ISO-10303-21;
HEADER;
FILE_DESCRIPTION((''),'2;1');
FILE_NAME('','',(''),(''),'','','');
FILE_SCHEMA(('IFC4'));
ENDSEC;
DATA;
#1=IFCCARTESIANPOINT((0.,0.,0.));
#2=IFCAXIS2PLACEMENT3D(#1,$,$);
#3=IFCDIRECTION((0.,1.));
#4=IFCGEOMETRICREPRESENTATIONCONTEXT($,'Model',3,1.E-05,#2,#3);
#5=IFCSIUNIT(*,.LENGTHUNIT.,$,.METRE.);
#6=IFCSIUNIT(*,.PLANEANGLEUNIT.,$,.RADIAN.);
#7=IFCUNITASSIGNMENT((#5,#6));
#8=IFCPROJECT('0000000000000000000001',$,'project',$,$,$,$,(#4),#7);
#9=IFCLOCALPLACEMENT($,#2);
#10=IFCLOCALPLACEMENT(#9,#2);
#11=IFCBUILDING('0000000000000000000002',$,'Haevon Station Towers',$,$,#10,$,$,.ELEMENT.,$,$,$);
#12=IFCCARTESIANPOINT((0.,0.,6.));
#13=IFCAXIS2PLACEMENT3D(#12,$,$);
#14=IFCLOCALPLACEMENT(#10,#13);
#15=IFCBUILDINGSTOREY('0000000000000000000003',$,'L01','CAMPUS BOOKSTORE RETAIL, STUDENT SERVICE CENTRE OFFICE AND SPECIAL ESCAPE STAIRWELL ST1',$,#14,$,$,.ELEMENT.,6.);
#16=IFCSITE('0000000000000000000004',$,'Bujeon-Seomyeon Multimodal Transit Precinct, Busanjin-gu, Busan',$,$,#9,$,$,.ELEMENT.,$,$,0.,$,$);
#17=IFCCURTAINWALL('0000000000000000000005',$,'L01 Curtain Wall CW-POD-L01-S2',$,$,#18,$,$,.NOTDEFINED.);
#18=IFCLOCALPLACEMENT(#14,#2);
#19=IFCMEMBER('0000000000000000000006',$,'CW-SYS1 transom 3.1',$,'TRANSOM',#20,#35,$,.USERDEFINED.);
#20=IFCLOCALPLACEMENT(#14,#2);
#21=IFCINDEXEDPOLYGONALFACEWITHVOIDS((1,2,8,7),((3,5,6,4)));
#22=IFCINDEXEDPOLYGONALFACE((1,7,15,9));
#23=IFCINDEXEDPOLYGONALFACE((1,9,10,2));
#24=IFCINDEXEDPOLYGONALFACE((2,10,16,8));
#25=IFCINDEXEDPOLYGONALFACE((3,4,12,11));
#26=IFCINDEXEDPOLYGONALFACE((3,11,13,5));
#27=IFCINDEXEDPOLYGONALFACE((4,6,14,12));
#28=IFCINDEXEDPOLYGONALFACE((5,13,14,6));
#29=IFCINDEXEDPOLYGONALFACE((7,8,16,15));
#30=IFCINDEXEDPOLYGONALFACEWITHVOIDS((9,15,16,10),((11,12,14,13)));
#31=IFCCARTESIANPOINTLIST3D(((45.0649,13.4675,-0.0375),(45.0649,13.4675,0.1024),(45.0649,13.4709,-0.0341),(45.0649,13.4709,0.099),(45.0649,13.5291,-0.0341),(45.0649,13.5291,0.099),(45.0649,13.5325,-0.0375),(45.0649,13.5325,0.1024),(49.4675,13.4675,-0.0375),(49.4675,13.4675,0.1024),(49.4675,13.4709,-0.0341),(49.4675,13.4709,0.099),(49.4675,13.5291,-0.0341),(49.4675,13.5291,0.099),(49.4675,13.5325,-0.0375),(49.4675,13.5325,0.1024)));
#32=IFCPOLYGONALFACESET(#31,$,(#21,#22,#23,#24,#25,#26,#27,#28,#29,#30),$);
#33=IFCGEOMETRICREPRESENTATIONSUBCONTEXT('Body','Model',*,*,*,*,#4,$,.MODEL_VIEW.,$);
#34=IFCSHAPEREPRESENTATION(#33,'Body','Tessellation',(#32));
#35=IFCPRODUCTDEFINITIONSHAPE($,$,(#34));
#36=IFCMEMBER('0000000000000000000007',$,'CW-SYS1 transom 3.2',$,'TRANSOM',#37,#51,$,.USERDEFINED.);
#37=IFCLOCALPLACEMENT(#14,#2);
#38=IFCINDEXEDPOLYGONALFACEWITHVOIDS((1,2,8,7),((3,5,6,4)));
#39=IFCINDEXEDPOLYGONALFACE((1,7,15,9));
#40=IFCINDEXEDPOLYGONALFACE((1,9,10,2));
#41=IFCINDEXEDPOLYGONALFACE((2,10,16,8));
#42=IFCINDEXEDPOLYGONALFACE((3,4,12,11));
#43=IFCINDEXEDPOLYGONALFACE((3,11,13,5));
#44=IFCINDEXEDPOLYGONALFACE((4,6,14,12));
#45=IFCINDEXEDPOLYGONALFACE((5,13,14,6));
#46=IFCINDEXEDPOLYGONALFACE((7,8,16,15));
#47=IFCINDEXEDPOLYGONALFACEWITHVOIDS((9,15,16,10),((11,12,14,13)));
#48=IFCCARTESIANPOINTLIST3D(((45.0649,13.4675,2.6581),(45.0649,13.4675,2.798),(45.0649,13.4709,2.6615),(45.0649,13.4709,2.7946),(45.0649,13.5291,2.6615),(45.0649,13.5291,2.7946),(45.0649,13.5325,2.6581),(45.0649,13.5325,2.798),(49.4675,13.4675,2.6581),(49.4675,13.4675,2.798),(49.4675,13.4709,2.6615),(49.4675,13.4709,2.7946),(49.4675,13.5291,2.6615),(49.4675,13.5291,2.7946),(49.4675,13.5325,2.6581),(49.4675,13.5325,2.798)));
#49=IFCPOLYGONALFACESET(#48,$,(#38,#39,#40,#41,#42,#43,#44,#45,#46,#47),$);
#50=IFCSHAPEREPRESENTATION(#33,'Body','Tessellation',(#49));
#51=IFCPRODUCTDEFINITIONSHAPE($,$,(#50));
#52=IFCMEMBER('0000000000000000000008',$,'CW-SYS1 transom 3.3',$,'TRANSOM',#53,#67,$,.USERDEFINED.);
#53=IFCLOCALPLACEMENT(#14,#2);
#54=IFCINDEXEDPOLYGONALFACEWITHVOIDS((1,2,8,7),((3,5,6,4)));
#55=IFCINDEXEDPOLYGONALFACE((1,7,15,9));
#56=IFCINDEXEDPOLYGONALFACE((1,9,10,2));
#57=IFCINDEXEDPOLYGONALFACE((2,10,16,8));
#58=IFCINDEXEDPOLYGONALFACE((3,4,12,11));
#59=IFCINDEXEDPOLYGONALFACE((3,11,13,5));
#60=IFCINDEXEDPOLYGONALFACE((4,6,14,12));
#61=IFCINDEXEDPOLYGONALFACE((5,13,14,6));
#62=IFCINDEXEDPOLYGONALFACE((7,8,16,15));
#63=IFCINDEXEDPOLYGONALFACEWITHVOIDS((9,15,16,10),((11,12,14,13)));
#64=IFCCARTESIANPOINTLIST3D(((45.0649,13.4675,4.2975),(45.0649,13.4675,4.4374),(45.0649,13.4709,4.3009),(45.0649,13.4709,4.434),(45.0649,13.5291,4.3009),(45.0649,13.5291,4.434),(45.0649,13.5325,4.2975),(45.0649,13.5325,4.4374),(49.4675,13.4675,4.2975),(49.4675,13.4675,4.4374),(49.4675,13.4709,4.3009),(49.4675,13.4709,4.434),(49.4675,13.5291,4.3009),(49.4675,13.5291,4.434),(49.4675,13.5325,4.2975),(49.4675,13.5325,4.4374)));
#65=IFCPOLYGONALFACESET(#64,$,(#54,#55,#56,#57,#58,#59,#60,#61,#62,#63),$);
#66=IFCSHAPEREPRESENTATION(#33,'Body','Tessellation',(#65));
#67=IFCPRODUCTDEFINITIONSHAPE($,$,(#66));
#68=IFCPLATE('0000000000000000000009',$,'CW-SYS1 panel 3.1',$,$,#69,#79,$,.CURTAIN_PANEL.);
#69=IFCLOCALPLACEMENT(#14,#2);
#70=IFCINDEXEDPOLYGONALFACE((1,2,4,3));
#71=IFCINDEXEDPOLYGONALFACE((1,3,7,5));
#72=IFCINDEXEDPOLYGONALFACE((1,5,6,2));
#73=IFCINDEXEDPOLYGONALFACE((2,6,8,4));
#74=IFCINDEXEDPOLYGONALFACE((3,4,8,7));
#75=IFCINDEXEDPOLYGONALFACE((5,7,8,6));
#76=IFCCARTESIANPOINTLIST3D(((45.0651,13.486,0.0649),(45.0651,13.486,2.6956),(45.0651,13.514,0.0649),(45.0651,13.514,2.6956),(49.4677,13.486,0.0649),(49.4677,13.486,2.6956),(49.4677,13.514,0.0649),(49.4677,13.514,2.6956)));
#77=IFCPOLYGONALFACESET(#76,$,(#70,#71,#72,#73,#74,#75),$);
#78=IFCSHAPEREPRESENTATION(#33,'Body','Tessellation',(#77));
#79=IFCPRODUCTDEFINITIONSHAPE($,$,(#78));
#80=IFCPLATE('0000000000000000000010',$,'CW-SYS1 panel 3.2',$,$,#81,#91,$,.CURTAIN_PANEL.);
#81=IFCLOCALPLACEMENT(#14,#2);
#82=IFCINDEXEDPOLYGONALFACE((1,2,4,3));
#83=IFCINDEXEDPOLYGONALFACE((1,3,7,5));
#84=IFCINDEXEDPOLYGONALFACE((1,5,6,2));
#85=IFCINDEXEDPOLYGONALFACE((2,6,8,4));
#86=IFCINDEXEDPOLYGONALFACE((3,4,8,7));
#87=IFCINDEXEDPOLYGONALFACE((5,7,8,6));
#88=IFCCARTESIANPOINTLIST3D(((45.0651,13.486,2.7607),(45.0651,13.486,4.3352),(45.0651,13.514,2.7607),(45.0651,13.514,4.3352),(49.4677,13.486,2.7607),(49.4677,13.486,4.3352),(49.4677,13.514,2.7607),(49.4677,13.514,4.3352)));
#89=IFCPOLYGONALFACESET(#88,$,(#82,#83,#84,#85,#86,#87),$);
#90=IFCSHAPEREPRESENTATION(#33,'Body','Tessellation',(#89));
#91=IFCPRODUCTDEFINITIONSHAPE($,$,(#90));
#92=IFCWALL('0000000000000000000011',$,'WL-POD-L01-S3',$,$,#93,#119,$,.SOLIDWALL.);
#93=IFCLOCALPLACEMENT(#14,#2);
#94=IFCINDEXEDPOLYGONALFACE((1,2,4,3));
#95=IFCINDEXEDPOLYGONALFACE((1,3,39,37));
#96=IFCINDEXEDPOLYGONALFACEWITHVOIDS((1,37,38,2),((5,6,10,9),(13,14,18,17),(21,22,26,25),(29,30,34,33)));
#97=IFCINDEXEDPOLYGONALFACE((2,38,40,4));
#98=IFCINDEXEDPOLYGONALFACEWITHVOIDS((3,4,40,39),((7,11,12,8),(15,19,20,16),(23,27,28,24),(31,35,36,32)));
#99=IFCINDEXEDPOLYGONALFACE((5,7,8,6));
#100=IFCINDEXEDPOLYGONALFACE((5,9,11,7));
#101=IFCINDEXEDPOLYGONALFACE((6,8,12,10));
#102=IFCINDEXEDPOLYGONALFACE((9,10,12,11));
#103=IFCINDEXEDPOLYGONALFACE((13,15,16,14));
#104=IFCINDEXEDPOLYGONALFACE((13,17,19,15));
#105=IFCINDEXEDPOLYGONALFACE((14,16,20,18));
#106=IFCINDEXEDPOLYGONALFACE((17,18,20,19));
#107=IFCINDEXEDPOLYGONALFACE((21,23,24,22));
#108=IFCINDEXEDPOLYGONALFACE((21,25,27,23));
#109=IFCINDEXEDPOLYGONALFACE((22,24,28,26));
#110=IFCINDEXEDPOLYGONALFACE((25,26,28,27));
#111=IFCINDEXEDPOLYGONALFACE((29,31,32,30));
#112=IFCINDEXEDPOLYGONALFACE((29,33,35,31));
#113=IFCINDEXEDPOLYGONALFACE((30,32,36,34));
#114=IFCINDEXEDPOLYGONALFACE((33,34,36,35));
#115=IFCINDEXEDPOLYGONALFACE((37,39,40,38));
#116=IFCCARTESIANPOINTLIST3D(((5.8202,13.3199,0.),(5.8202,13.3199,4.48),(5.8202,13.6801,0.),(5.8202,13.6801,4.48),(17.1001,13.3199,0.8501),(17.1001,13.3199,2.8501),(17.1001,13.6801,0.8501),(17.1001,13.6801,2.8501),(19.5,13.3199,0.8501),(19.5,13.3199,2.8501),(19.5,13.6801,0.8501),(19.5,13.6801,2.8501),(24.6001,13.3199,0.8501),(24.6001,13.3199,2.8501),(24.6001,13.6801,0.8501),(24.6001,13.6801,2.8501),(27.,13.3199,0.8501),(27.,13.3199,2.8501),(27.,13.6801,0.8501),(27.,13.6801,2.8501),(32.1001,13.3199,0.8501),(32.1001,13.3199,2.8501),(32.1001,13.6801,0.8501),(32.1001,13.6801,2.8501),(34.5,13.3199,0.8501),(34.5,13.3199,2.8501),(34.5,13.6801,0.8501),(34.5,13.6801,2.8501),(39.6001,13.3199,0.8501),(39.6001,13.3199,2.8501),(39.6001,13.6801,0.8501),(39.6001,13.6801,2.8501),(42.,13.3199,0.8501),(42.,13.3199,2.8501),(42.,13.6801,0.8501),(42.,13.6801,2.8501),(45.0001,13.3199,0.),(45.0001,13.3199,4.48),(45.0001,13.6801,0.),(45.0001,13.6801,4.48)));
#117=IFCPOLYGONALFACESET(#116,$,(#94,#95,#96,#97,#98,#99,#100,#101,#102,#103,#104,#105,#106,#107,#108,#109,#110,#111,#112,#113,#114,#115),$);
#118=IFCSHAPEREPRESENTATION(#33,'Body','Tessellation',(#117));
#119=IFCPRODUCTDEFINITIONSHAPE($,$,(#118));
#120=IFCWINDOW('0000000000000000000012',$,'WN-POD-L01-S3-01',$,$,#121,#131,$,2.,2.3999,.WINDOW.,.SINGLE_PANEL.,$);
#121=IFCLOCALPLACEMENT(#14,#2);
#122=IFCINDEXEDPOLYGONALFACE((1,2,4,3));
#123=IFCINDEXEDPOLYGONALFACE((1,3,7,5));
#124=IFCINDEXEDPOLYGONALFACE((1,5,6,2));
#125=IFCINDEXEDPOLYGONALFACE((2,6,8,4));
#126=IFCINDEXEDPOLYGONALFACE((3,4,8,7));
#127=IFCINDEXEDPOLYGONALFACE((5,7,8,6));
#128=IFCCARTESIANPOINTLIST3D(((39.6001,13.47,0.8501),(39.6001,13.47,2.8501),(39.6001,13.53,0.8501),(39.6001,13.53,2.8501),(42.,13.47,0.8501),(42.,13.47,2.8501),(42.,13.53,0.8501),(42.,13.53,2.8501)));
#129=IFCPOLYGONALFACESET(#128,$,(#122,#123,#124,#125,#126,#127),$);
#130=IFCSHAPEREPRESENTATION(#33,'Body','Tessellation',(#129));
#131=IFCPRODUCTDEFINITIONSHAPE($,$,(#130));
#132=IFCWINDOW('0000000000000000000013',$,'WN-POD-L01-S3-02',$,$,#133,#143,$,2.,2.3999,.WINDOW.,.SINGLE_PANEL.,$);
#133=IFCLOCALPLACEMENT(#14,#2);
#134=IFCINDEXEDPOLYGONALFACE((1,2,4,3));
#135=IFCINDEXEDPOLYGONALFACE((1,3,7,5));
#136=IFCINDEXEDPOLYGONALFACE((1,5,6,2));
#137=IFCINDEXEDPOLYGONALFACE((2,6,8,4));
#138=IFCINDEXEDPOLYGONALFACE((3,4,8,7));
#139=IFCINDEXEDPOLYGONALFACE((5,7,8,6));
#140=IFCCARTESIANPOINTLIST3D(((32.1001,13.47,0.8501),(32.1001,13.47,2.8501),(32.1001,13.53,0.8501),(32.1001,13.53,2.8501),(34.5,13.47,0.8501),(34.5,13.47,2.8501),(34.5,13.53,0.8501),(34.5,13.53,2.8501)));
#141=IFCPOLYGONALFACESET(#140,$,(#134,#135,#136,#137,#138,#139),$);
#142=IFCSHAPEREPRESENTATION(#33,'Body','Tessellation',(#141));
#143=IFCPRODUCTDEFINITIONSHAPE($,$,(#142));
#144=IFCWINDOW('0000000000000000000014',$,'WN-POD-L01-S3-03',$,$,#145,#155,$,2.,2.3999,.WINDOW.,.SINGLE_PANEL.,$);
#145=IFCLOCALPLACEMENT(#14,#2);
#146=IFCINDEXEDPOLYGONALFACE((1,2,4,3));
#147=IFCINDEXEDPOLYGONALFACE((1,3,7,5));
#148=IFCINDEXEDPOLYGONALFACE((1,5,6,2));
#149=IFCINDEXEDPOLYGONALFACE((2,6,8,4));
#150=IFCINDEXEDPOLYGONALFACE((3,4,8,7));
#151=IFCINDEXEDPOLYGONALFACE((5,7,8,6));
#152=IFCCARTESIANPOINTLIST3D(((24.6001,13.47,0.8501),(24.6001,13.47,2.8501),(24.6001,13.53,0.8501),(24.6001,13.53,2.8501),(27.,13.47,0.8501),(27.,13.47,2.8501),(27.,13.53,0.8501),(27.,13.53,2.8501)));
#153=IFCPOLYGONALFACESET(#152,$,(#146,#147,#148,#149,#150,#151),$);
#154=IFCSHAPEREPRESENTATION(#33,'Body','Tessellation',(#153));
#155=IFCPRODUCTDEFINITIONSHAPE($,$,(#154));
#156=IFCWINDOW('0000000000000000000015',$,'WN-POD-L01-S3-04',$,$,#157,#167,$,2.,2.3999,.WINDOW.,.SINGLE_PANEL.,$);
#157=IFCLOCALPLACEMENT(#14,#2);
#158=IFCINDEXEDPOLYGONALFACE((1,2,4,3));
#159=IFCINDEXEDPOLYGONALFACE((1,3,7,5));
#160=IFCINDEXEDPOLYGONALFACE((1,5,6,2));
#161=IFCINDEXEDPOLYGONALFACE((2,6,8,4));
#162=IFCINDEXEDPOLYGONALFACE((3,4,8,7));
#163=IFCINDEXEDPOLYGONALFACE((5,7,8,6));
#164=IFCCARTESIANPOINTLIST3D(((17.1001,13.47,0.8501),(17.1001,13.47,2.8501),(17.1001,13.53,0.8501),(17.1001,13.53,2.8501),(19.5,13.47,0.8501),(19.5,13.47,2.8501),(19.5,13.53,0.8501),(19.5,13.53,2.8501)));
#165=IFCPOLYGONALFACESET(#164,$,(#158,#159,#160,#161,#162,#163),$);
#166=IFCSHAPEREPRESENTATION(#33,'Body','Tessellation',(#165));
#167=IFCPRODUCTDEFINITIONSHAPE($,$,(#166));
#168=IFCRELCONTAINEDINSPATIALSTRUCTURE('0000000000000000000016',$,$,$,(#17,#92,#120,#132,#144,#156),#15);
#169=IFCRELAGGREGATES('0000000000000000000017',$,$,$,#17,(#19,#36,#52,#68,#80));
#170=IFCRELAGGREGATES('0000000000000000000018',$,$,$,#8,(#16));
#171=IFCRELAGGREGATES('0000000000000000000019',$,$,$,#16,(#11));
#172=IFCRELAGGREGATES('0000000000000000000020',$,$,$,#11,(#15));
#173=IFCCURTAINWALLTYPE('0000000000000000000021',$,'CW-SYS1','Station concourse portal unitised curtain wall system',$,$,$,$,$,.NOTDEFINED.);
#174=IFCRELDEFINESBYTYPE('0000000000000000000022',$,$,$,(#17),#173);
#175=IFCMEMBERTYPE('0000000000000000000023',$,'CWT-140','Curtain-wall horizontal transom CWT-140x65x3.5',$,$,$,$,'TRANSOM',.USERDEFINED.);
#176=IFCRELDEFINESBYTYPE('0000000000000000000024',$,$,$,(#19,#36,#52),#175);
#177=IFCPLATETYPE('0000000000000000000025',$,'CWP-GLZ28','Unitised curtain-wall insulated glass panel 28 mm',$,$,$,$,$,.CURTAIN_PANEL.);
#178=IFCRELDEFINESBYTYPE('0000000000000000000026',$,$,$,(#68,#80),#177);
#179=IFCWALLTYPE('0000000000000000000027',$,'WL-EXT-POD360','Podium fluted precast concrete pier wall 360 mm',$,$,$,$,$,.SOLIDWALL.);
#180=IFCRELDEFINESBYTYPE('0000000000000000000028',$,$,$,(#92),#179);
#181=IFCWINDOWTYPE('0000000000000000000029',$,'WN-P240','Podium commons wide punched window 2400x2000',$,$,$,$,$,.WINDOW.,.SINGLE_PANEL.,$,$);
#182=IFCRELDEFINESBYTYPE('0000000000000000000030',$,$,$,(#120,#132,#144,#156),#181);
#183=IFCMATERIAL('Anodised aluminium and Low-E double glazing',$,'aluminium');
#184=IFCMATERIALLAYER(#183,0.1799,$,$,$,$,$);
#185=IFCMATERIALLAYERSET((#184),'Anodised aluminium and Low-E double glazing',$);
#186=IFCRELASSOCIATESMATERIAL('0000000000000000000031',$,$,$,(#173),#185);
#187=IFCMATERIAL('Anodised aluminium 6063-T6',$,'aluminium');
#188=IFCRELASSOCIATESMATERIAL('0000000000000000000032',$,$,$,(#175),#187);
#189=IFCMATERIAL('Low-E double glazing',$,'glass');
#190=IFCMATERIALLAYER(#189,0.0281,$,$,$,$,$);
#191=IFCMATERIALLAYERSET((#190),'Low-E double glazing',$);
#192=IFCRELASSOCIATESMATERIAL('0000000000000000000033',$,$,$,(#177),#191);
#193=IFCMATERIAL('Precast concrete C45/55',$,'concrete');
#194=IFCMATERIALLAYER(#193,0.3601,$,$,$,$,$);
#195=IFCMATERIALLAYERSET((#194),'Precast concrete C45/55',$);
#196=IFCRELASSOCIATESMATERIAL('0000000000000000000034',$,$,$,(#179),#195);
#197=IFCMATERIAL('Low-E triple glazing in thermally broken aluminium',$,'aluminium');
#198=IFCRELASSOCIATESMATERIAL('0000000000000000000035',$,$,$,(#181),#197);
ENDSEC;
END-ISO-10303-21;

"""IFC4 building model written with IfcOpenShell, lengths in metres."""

from ifc_helpers import new_model, si_unit, direction, frame, frame_2d, origin, origin_2d, place, context, subcontext, project, spatial, rectangle, hollow_rectangle, extrude, material, layer, layer_set, material_profile, profile_set, type_object, element, fill, aggregate, save


model = new_model("IFC4")

# Units and contexts
model_context = context("Model", 3, precision=1e-05, world=origin(), true_north=direction((0.0, 1.0)))
body_context = subcontext(model_context, "Body", "Model", "MODEL_VIEW")
ifc_project = project(units=[si_unit("LENGTHUNIT", "METRE"), si_unit("PLANEANGLEUNIT", "RADIAN")], contexts=[model_context])

# Site, building, storey
site_placement = place(None, origin())
site = spatial("IfcSite", under=ifc_project, at=site_placement, Name="Bujeon-Seomyeon Multimodal Transit Precinct, Busanjin-gu, Busan", CompositionType="ELEMENT", RefElevation=0.0)
building_placement = place(site_placement, origin())
building = spatial("IfcBuilding", under=site, at=building_placement, Name="Haevon Station Towers", CompositionType="ELEMENT")
storey_placement = place(building_placement, frame((0.0, 0.0, 6.0)))
storey = spatial("IfcBuildingStorey", under=building, at=storey_placement, Name="L01", Description="CAMPUS BOOKSTORE RETAIL, STUDENT SERVICE CENTRE OFFICE AND SPECIAL ESCAPE STAIRWELL ST1", CompositionType="ELEMENT", Elevation=6.0)

# Curtain wall, members, plates
ifc_material_1 = material(Name="Anodised aluminium and Low-E double glazing", Category="aluminium")
ifc_layer_1 = layer(ifc_material_1, 0.1799)
ifc_layer_set_1 = layer_set([ifc_layer_1], Name="Anodised aluminium and Low-E double glazing")
curtain_wall_type = type_object("IfcCurtainWallType", Name="CW-SYS1", Description="Station concourse portal unitised curtain wall system", PredefinedType="NOTDEFINED", material=ifc_layer_set_1)
curtain_wall_placement = place(storey_placement, origin())
curtain_wall = element("IfcCurtainWall", 1, at=curtain_wall_placement, inside=storey, type_object=curtain_wall_type, Name="L01 Curtain Wall CW-POD-L01-S2", PredefinedType="NOTDEFINED")
ifc_material_2 = material(Name="Anodised aluminium 6063-T6", Category="aluminium")
ifc_material_profile_1 = material_profile(ifc_material_2, hollow_rectangle(XDim=0.0649, YDim=0.1399, WallThickness=0.0034, at=origin_2d()), Name="CWT-140x65x3.5")
ifc_profile_set_1 = profile_set([ifc_material_profile_1], Name="Anodised aluminium 6063-T6")
member_type_1 = type_object("IfcMemberType", Name="CWT-140", Description="Curtain-wall horizontal transom CWT-140x65x3.5", ElementType="TRANSOM", PredefinedType="USERDEFINED", material=ifc_profile_set_1)
member_1_placement = place(storey_placement, frame((49.4675, 13.5, 0.0325), z_axis=(-1.0, 0.0, 0.0), x_axis=(0.0, -1.0, 0.0)))
member_1 = element("IfcMember", 2, at=member_1_placement, type_object=member_type_1, Name="CW-SYS1 transom 3.1", ObjectType="TRANSOM", PredefinedType="USERDEFINED", context=body_context, shape_type="SweptSolid", body=[
    extrude(hollow_rectangle(XDim=0.0649, YDim=0.1399, WallThickness=0.0034, at=origin_2d()), origin(), (0.0, 0.0, 1.0), 4.4026),
])
member_2_placement = place(storey_placement, frame((49.4675, 13.5, 2.728), z_axis=(-1.0, 0.0, 0.0), x_axis=(0.0, -1.0, 0.0)))
member_2 = element("IfcMember", 3, at=member_2_placement, type_object=member_type_1, Name="CW-SYS1 transom 3.2", ObjectType="TRANSOM", PredefinedType="USERDEFINED", context=body_context, shape_type="SweptSolid", body=[
    extrude(hollow_rectangle(XDim=0.0649, YDim=0.1399, WallThickness=0.0034, at=origin_2d()), origin(), (0.0, 0.0, 1.0), 4.4026),
])
member_3_placement = place(storey_placement, frame((49.4675, 13.5, 4.3674), z_axis=(-1.0, 0.0, 0.0), x_axis=(0.0, -1.0, 0.0)))
member_3 = element("IfcMember", 4, at=member_3_placement, type_object=member_type_1, Name="CW-SYS1 transom 3.3", ObjectType="TRANSOM", PredefinedType="USERDEFINED", context=body_context, shape_type="SweptSolid", body=[
    extrude(hollow_rectangle(XDim=0.0649, YDim=0.1399, WallThickness=0.0034, at=origin_2d()), origin(), (0.0, 0.0, 1.0), 4.4026),
])
ifc_material_3 = material(Name="Low-E double glazing", Category="glass")
ifc_layer_2 = layer(ifc_material_3, 0.0281)
ifc_layer_set_2 = layer_set([ifc_layer_2], Name="Low-E double glazing")
plate_type = type_object("IfcPlateType", Name="CWP-GLZ28", Description="Unitised curtain-wall insulated glass panel 28 mm", PredefinedType="CURTAIN_PANEL", material=ifc_layer_set_2)
plate_1_placement = place(storey_placement, frame((47.2664, 13.5, 0.0649), z_axis=(0.0, 0.0, 1.0), x_axis=(-1.0, 0.0, 0.0)))
plate_1 = element("IfcPlate", 5, at=plate_1_placement, type_object=plate_type, Name="CW-SYS1 panel 3.1", PredefinedType="CURTAIN_PANEL", context=body_context, shape_type="SweptSolid", body=[
    extrude(rectangle(XDim=4.4026, YDim=0.0281, at=origin_2d()), origin(), (0.0, 0.0, 1.0), 2.6306),
])
plate_2_placement = place(storey_placement, frame((47.2664, 13.5, 2.7607), z_axis=(0.0, 0.0, 1.0), x_axis=(-1.0, 0.0, 0.0)))
plate_2 = element("IfcPlate", 6, at=plate_2_placement, type_object=plate_type, Name="CW-SYS1 panel 3.2", PredefinedType="CURTAIN_PANEL", context=body_context, shape_type="SweptSolid", body=[
    extrude(rectangle(XDim=4.4026, YDim=0.0281, at=origin_2d()), origin(), (0.0, 0.0, 1.0), 1.5745),
])
aggregate(curtain_wall, [member_1, member_2, member_3, plate_1, plate_2])

# Wall, openings, windows
ifc_material_4 = material(Name="Precast concrete C45/55", Category="concrete")
ifc_layer_3 = layer(ifc_material_4, 0.3601)
ifc_layer_set_3 = layer_set([ifc_layer_3], Name="Precast concrete C45/55")
wall_type = type_object("IfcWallType", Name="WL-EXT-POD360", Description="Podium fluted precast concrete pier wall 360 mm", PredefinedType="SOLIDWALL", material=ifc_layer_set_3)
wall_placement = place(storey_placement, frame((45.0, 13.5, 0.0), z_axis=(0.0, 0.0, 1.0), x_axis=(-1.0, 0.0, 0.0)))
wall = element("IfcWall", 7, at=wall_placement, inside=storey, type_object=wall_type, Name="WL-POD-L01-S3", PredefinedType="SOLIDWALL", context=body_context, shape_type="SweptSolid", body=[
    extrude(rectangle(XDim=39.1799, YDim=0.3601, at=frame_2d((19.5898, 0.0))), origin(), (0.0, 0.0, 1.0), 4.48),
])
opening_1_placement = place(wall_placement, frame((3.0, 0.0, 0.8501)))
opening_1 = element("IfcOpeningElement", 8, at=opening_1_placement, cuts=wall, PredefinedType="OPENING", context=body_context, shape_type="SweptSolid", body=[
    extrude(rectangle(XDim=2.3999, YDim=2.0, at=frame_2d((1.2, 1.0))), frame((0.0, 0.1899, 0.0), z_axis=(0.0, -1.0, 0.0), x_axis=(1.0, 0.0, 0.0)), (0.0, 0.0, 1.0), 0.3801),
])
opening_2_placement = place(wall_placement, frame((10.5, 0.0, 0.8501)))
opening_2 = element("IfcOpeningElement", 9, at=opening_2_placement, cuts=wall, PredefinedType="OPENING", context=body_context, shape_type="SweptSolid", body=[
    extrude(rectangle(XDim=2.3999, YDim=2.0, at=frame_2d((1.2, 1.0))), frame((0.0, 0.1899, 0.0), z_axis=(0.0, -1.0, 0.0), x_axis=(1.0, 0.0, 0.0)), (0.0, 0.0, 1.0), 0.3801),
])
opening_3_placement = place(wall_placement, frame((18.0, 0.0, 0.8501)))
opening_3 = element("IfcOpeningElement", 10, at=opening_3_placement, cuts=wall, PredefinedType="OPENING", context=body_context, shape_type="SweptSolid", body=[
    extrude(rectangle(XDim=2.3999, YDim=2.0, at=frame_2d((1.2, 1.0))), frame((0.0, 0.1899, 0.0), z_axis=(0.0, -1.0, 0.0), x_axis=(1.0, 0.0, 0.0)), (0.0, 0.0, 1.0), 0.3801),
])
opening_4_placement = place(wall_placement, frame((25.5, 0.0, 0.8501)))
opening_4 = element("IfcOpeningElement", 11, at=opening_4_placement, cuts=wall, PredefinedType="OPENING", context=body_context, shape_type="SweptSolid", body=[
    extrude(rectangle(XDim=2.3999, YDim=2.0, at=frame_2d((1.2, 1.0))), frame((0.0, 0.1899, 0.0), z_axis=(0.0, -1.0, 0.0), x_axis=(1.0, 0.0, 0.0)), (0.0, 0.0, 1.0), 0.3801),
])
ifc_material_5 = material(Name="Low-E triple glazing in thermally broken aluminium", Category="aluminium")
window_type = type_object("IfcWindowType", Name="WN-P240", Description="Podium commons wide punched window 2400x2000", PartitioningType="SINGLE_PANEL", PredefinedType="WINDOW", material=ifc_material_5)
window_1_placement = place(opening_1_placement, origin())
window_1 = element("IfcWindow", 12, at=window_1_placement, inside=storey, type_object=window_type, Name="WN-POD-L01-S3-01", OverallHeight=2.0, OverallWidth=2.3999, PartitioningType="SINGLE_PANEL", PredefinedType="WINDOW", context=body_context, shape_type="SweptSolid", body=[
    extrude(rectangle(XDim=2.3999, YDim=2.0, at=frame_2d((1.2, 1.0))), frame((0.0, 0.03, 0.0), z_axis=(0.0, -1.0, 0.0), x_axis=(1.0, 0.0, 0.0)), (0.0, 0.0, 1.0), 0.0601),
])
fill(opening_1, window_1)
window_2_placement = place(opening_2_placement, origin())
window_2 = element("IfcWindow", 13, at=window_2_placement, inside=storey, type_object=window_type, Name="WN-POD-L01-S3-02", OverallHeight=2.0, OverallWidth=2.3999, PartitioningType="SINGLE_PANEL", PredefinedType="WINDOW", context=body_context, shape_type="SweptSolid", body=[
    extrude(rectangle(XDim=2.3999, YDim=2.0, at=frame_2d((1.2, 1.0))), frame((0.0, 0.03, 0.0), z_axis=(0.0, -1.0, 0.0), x_axis=(1.0, 0.0, 0.0)), (0.0, 0.0, 1.0), 0.0601),
])
fill(opening_2, window_2)
window_3_placement = place(opening_3_placement, origin())
window_3 = element("IfcWindow", 14, at=window_3_placement, inside=storey, type_object=window_type, Name="WN-POD-L01-S3-03", OverallHeight=2.0, OverallWidth=2.3999, PartitioningType="SINGLE_PANEL", PredefinedType="WINDOW", context=body_context, shape_type="SweptSolid", body=[
    extrude(rectangle(XDim=2.3999, YDim=2.0, at=frame_2d((1.2, 1.0))), frame((0.0, 0.03, 0.0), z_axis=(0.0, -1.0, 0.0), x_axis=(1.0, 0.0, 0.0)), (0.0, 0.0, 1.0), 0.0601),
])
fill(opening_3, window_3)
window_4_placement = place(opening_4_placement, origin())
window_4 = element("IfcWindow", 15, at=window_4_placement, inside=storey, type_object=window_type, Name="WN-POD-L01-S3-04", OverallHeight=2.0, OverallWidth=2.3999, PartitioningType="SINGLE_PANEL", PredefinedType="WINDOW", context=body_context, shape_type="SweptSolid", body=[
    extrude(rectangle(XDim=2.3999, YDim=2.0, at=frame_2d((1.2, 1.0))), frame((0.0, 0.03, 0.0), z_axis=(0.0, -1.0, 0.0), x_axis=(1.0, 0.0, 0.0)), (0.0, 0.0, 1.0), 0.0601),
])
fill(opening_4, window_4)

save(model, "model.ifc")
